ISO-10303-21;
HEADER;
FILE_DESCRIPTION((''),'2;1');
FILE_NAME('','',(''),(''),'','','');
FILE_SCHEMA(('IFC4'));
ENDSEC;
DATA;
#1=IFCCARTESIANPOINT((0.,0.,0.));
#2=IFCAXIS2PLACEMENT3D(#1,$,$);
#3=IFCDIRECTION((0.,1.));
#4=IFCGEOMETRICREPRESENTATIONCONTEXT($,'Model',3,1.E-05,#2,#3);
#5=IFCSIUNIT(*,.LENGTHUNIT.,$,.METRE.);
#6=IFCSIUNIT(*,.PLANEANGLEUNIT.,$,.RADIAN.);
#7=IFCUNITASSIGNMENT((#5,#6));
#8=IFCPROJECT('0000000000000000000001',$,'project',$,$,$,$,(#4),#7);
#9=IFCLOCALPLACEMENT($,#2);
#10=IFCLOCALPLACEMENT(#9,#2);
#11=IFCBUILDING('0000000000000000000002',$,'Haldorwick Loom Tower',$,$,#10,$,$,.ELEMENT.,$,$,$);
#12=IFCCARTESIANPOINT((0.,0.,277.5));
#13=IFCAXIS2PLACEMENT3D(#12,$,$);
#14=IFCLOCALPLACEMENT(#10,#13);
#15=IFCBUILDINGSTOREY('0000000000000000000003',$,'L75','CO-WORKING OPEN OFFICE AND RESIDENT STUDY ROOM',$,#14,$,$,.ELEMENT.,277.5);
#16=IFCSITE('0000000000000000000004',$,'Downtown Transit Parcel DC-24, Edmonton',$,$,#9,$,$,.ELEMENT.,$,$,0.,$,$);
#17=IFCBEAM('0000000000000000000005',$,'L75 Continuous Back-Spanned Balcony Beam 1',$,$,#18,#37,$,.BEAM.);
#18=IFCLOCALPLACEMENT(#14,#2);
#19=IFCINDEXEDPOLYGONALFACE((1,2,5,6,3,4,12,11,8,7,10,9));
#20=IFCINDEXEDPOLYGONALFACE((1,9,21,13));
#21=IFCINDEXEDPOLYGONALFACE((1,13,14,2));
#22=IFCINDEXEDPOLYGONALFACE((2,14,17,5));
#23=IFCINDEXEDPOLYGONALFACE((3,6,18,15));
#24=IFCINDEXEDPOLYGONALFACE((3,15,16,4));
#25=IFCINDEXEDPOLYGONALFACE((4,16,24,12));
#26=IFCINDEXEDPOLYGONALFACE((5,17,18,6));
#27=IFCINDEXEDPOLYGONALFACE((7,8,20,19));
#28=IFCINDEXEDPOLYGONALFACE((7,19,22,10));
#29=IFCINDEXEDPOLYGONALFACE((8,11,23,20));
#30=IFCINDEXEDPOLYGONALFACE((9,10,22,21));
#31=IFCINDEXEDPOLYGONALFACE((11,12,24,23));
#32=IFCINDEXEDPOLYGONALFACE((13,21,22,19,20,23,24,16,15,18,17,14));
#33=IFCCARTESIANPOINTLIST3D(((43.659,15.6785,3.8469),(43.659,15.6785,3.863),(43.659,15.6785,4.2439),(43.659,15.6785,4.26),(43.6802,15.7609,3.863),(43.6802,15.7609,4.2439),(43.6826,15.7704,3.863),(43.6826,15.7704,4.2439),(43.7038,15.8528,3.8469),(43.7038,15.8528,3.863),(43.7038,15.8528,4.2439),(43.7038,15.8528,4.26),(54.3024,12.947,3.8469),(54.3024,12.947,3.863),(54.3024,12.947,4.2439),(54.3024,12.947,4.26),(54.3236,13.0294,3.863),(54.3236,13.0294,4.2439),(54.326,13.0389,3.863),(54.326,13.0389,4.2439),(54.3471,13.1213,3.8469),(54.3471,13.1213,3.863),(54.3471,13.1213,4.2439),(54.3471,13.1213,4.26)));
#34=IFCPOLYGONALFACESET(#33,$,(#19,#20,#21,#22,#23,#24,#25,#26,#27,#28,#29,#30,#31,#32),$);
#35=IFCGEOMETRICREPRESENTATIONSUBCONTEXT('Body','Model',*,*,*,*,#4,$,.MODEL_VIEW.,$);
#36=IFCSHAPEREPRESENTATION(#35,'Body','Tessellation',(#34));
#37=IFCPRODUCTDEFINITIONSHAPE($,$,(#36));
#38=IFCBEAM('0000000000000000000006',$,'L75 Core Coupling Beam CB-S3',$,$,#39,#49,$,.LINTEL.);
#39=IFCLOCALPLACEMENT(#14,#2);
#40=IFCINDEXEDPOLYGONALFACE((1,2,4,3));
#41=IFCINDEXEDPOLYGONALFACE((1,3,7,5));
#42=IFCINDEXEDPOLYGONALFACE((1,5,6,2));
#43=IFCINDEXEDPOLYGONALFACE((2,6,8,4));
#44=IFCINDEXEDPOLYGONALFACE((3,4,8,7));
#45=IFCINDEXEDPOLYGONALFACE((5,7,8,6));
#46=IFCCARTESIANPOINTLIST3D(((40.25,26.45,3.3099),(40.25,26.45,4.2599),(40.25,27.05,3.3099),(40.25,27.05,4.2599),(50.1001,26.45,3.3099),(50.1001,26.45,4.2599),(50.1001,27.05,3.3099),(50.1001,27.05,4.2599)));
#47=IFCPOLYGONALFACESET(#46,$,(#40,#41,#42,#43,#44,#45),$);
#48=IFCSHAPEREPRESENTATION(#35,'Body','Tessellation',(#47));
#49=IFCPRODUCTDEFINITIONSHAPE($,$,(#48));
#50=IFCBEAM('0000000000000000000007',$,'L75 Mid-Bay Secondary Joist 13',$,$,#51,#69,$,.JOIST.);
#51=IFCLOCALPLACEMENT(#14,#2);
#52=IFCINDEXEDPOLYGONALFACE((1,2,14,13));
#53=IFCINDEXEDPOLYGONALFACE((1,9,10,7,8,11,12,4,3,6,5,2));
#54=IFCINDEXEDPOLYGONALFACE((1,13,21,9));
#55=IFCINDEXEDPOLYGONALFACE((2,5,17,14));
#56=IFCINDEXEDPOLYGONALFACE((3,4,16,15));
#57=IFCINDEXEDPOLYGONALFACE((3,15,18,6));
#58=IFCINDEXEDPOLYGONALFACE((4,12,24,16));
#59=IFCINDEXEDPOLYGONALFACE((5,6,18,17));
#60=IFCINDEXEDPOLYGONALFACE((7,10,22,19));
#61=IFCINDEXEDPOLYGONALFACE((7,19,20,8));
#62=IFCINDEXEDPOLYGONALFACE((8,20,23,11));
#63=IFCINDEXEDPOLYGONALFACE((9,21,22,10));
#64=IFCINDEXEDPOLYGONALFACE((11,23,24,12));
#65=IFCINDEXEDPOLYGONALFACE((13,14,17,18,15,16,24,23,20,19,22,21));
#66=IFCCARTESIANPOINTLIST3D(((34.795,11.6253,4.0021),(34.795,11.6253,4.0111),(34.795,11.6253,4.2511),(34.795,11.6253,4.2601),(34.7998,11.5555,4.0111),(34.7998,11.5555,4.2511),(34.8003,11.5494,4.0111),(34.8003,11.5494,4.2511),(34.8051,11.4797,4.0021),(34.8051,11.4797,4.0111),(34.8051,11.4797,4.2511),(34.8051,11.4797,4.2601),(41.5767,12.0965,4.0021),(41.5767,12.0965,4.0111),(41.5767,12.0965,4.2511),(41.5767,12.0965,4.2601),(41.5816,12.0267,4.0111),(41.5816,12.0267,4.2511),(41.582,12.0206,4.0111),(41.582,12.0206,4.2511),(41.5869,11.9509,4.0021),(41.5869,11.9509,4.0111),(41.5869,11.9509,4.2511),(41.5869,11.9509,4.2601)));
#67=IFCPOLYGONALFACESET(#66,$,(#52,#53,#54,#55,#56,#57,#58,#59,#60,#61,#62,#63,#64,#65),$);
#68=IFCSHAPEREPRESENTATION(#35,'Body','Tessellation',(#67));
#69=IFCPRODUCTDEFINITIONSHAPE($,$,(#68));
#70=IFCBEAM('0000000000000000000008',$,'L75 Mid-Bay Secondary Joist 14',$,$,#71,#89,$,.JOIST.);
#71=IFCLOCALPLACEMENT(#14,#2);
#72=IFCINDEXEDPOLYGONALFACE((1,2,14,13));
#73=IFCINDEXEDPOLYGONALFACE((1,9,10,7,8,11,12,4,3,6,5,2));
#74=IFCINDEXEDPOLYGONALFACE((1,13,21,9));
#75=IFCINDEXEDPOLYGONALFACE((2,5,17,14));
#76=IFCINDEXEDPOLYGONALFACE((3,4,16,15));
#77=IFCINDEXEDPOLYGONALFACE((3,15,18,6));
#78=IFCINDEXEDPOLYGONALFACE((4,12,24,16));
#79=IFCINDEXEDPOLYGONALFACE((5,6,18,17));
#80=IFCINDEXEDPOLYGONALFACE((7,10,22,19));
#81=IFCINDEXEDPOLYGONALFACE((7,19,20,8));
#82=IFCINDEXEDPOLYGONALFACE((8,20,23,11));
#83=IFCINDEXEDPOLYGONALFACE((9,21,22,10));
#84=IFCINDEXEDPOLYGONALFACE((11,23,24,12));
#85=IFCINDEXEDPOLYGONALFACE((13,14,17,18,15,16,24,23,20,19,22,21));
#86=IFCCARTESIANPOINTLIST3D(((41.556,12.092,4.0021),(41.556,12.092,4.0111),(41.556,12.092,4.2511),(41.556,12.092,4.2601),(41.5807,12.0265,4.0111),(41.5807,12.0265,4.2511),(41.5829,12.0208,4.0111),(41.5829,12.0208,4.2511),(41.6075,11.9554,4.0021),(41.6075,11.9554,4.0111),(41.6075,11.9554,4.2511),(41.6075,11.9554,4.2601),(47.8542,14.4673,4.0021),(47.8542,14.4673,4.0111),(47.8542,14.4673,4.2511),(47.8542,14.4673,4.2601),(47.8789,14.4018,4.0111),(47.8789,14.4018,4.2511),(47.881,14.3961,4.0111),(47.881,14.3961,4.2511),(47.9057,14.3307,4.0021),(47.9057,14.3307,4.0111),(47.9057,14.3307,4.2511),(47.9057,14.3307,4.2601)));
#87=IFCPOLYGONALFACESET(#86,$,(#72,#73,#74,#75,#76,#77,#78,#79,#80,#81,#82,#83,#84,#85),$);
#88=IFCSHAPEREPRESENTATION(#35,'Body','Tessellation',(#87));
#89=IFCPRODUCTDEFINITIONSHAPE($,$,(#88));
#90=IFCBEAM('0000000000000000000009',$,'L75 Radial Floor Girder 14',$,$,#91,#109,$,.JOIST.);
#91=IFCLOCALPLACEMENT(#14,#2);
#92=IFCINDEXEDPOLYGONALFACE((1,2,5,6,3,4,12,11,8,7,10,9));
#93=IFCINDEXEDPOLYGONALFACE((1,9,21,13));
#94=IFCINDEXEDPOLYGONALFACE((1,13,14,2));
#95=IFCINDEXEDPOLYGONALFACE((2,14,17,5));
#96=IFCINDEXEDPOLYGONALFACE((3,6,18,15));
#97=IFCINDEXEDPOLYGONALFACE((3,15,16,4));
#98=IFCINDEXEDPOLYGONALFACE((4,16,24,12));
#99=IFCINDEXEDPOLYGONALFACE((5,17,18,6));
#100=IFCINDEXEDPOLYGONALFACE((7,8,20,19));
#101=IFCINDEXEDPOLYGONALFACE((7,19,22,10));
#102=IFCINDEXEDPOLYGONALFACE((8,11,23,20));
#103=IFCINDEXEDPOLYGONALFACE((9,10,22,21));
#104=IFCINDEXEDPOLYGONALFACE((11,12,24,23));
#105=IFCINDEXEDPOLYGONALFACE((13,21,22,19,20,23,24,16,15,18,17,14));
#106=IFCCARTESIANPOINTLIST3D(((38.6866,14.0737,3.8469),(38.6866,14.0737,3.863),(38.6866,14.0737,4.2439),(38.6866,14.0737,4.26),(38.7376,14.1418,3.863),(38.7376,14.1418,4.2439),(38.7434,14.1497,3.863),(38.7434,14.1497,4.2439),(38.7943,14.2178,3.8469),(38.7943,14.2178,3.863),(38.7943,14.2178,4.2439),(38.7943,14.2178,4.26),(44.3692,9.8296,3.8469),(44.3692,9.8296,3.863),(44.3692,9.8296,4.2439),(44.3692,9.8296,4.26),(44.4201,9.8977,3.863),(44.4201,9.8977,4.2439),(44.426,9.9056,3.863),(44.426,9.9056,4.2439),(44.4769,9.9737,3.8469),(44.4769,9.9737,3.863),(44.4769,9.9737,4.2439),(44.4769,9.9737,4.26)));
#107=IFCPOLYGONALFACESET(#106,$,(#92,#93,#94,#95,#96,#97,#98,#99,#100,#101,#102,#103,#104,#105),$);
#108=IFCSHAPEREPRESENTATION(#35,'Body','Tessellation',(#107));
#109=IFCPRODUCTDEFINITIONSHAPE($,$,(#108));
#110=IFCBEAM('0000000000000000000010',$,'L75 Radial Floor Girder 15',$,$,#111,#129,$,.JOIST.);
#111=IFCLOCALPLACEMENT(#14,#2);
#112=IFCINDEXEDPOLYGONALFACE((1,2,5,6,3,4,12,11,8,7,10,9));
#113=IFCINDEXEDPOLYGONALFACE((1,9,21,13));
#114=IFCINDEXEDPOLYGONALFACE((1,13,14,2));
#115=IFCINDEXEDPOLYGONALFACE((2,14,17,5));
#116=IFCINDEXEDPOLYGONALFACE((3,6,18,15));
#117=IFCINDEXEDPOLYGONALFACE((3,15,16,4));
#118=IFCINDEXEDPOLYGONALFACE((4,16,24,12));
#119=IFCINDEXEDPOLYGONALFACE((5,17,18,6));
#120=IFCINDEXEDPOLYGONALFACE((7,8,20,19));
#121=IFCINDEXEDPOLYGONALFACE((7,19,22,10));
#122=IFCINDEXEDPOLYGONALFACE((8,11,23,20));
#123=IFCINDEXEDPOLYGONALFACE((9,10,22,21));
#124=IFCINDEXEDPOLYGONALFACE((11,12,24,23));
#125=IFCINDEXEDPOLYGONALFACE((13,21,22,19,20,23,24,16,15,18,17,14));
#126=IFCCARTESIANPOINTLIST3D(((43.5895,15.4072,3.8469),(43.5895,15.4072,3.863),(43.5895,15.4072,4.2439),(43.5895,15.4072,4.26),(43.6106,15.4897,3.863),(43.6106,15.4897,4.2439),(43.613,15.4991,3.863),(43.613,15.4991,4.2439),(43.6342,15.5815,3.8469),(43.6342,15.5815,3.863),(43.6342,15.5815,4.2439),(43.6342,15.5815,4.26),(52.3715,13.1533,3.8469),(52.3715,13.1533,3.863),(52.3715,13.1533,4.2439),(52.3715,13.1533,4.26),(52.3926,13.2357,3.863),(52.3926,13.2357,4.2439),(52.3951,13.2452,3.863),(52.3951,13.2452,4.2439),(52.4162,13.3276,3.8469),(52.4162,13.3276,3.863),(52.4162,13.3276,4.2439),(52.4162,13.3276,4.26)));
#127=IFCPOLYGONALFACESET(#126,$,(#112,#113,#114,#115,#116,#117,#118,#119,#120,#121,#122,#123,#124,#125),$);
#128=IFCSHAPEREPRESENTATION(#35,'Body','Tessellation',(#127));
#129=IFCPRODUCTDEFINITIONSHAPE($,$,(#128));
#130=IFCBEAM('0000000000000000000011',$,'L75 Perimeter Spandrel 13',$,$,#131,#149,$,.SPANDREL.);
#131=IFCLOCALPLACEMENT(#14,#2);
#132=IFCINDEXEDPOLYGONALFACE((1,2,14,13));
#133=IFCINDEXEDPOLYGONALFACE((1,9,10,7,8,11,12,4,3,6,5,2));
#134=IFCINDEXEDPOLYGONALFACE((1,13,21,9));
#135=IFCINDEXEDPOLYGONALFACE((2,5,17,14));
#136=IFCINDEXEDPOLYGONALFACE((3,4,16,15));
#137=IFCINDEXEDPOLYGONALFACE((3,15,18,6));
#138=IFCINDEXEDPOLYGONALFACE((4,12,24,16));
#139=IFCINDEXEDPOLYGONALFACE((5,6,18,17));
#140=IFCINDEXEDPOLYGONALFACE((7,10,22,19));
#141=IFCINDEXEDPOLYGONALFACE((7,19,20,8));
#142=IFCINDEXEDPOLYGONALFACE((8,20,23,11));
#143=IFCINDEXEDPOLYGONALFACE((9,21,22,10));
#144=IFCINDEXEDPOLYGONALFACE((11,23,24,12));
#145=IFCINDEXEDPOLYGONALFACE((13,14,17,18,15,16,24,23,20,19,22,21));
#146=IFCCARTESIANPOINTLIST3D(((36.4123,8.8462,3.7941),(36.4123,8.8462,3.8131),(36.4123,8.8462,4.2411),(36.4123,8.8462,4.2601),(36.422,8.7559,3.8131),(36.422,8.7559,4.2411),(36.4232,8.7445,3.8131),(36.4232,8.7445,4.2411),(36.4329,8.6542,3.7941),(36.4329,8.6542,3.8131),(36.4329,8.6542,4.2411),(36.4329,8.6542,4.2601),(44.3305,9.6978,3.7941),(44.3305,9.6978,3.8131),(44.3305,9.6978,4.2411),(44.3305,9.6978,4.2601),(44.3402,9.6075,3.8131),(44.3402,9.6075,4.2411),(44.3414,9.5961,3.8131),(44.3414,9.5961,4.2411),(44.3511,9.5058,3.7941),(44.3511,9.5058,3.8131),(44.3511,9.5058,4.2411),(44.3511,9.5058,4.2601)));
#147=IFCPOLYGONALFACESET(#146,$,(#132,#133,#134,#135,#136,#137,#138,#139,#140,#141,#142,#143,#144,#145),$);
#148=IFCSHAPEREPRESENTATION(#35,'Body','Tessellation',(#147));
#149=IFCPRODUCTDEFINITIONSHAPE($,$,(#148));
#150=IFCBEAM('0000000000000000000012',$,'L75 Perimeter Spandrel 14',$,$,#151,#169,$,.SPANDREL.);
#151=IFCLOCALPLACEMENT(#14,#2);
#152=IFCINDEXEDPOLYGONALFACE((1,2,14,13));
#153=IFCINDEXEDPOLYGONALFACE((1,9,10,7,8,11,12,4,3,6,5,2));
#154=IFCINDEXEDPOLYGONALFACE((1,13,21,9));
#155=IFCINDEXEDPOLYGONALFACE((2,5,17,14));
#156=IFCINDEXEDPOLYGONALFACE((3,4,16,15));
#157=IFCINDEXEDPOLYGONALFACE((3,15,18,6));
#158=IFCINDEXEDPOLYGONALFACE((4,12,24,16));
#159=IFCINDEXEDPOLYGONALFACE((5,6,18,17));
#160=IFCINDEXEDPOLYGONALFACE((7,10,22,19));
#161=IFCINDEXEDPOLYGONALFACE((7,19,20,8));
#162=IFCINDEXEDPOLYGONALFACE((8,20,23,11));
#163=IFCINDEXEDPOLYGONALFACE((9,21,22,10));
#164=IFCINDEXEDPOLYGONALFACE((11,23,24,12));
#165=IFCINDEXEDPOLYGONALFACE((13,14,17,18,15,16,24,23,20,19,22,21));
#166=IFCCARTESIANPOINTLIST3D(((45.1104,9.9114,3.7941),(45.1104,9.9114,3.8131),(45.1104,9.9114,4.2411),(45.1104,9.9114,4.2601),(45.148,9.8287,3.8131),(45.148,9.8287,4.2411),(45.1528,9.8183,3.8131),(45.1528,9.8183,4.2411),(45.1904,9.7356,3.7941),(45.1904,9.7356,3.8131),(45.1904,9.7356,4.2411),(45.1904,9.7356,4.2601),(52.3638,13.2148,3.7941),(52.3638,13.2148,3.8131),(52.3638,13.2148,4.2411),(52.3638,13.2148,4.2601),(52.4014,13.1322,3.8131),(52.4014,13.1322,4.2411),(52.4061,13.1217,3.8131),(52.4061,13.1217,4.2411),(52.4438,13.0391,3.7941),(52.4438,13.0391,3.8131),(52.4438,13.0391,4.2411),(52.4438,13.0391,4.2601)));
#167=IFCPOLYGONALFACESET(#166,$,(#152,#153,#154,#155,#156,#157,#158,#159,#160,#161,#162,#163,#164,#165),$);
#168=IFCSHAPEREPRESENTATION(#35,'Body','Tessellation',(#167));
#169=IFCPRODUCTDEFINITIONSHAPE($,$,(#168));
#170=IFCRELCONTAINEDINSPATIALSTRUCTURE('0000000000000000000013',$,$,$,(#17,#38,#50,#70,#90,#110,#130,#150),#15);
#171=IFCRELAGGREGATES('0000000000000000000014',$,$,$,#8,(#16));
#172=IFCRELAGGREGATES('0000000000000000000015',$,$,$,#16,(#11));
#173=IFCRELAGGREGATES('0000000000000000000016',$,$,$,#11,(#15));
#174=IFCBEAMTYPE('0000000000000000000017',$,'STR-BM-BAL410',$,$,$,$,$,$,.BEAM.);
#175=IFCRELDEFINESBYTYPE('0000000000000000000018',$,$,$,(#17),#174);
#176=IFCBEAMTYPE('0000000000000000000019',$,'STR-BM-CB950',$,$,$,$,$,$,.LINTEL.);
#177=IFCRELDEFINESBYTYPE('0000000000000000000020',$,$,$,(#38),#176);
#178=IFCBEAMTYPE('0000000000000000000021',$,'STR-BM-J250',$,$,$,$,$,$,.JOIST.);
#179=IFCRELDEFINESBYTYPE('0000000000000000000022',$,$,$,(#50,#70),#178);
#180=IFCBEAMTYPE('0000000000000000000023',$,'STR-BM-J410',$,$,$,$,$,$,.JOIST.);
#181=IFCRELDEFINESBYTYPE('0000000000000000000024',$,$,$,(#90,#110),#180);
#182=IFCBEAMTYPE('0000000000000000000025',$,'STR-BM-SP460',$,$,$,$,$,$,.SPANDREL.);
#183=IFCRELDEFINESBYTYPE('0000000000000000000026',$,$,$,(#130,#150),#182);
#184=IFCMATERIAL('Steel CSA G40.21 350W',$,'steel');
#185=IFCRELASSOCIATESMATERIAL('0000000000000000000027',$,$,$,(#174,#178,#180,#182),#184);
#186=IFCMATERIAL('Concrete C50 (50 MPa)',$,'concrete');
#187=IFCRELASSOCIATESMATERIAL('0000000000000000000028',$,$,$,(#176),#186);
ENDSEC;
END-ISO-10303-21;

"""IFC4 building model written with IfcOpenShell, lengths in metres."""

from ifc_helpers import new_model, si_unit, direction, frame, origin, origin_2d, place, context, subcontext, project, spatial, rectangle, i_section, extrude, material, material_profile, profile_set, type_object, element, save


model = new_model("IFC4")

# Units and contexts
model_context = context("Model", 3, precision=1e-05, world=origin(), true_north=direction((0.0, 1.0)))
body_context = subcontext(model_context, "Body", "Model", "MODEL_VIEW")
ifc_project = project(units=[si_unit("LENGTHUNIT", "METRE"), si_unit("PLANEANGLEUNIT", "RADIAN")], contexts=[model_context])

# Site, building, storey
site_placement = place(None, origin())
site = spatial("IfcSite", under=ifc_project, at=site_placement, Name="Downtown Transit Parcel DC-24, Edmonton", CompositionType="ELEMENT", RefElevation=0.0)
building_placement = place(site_placement, origin())
building = spatial("IfcBuilding", under=site, at=building_placement, Name="Haldorwick Loom Tower", CompositionType="ELEMENT")
storey_placement = place(building_placement, frame((0.0, 0.0, 277.5)))
storey = spatial("IfcBuildingStorey", under=building, at=storey_placement, Name="L75", Description="CO-WORKING OPEN OFFICE AND RESIDENT STUDY ROOM", CompositionType="ELEMENT", Elevation=277.5)

# Shared definitions
ifc_material_1 = material(Name="Concrete C50 (50 MPa)", Category="concrete")
ifc_material_2 = material(Name="Steel CSA G40.21 350W", Category="steel")

# Beams
ifc_material_profile_1 = material_profile(ifc_material_2, i_section(OverallWidth=0.1799, OverallDepth=0.4131, WebThickness=0.0098, FlangeThickness=0.0161, at=origin_2d()), Name="W410X74", Category="steel")
ifc_profile_set_1 = profile_set([ifc_material_profile_1], Name="Steel CSA G40.21 350W")
beam_type_1 = type_object("IfcBeamType", Name="STR-BM-BAL410", PredefinedType="BEAM", material=ifc_profile_set_1)
beam_1_placement = place(storey_placement, frame((43.6814, 15.7656, 4.0535), z_axis=(0.968611, -0.24858, 0.0), x_axis=(0.24858, 0.968611, 0.0)))
element("IfcBeam", 1, at=beam_1_placement, inside=storey, type_object=beam_type_1, Name="L75 Continuous Back-Spanned Balcony Beam 1", PredefinedType="BEAM", context=body_context, shape_type="SweptSolid", body=[
    extrude(i_section(OverallWidth=0.1799, OverallDepth=0.4131, WebThickness=0.0098, FlangeThickness=0.0161, at=origin_2d()), origin(), (0.0, 0.0, 1.0), 10.9883),
])
ifc_material_profile_2 = material_profile(ifc_material_1, rectangle(XDim=0.6001, YDim=0.95, at=origin_2d()), Name="RC600X950", Category="concrete")
ifc_profile_set_2 = profile_set([ifc_material_profile_2], Name="Concrete C50 (50 MPa)")
beam_type_2 = type_object("IfcBeamType", Name="STR-BM-CB950", PredefinedType="LINTEL", material=ifc_profile_set_2)
beam_2_placement = place(storey_placement, frame((40.25, 26.75, 3.7849), z_axis=(1.0, 0.0, 0.0), x_axis=(0.0, 1.0, 0.0)))
element("IfcBeam", 2, at=beam_2_placement, inside=storey, type_object=beam_type_2, Name="L75 Core Coupling Beam CB-S3", PredefinedType="LINTEL", context=body_context, shape_type="SweptSolid", body=[
    extrude(rectangle(XDim=0.6001, YDim=0.95, at=origin_2d()), origin(), (0.0, 0.0, 1.0), 9.8501),
])
ifc_material_profile_3 = material_profile(ifc_material_2, i_section(OverallWidth=0.146, OverallDepth=0.2581, WebThickness=0.0061, FlangeThickness=0.009, at=origin_2d()), Name="W250X33", Category="steel")
ifc_profile_set_3 = profile_set([ifc_material_profile_3], Name="Steel CSA G40.21 350W")
beam_type_3 = type_object("IfcBeamType", Name="STR-BM-J250", PredefinedType="JOIST", material=ifc_profile_set_3)
beam_3_placement = place(storey_placement, frame((34.8, 11.5525, 4.1311), z_axis=(0.997595, 0.069312, 0.0), x_axis=(-0.069312, 0.997595, 0.0)))
element("IfcBeam", 3, at=beam_3_placement, inside=storey, type_object=beam_type_3, Name="L75 Mid-Bay Secondary Joist 13", PredefinedType="JOIST", context=body_context, shape_type="SweptSolid", body=[
    extrude(i_section(OverallWidth=0.146, OverallDepth=0.2581, WebThickness=0.0061, FlangeThickness=0.009, at=origin_2d()), origin(), (0.0, 0.0, 1.0), 6.7981),
])
beam_4_placement = place(storey_placement, frame((41.5818, 12.0237, 4.1311), z_axis=(0.93567, 0.352876, 0.0), x_axis=(-0.352876, 0.93567, 0.0)))
element("IfcBeam", 4, at=beam_4_placement, inside=storey, type_object=beam_type_3, Name="L75 Mid-Bay Secondary Joist 14", PredefinedType="JOIST", context=body_context, shape_type="SweptSolid", body=[
    extrude(i_section(OverallWidth=0.146, OverallDepth=0.2581, WebThickness=0.0061, FlangeThickness=0.009, at=origin_2d()), origin(), (0.0, 0.0, 1.0), 6.7312),
])
ifc_material_profile_4 = material_profile(ifc_material_2, i_section(OverallWidth=0.1799, OverallDepth=0.4131, WebThickness=0.0098, FlangeThickness=0.0161, at=origin_2d()), Name="W410X74", Category="steel")
ifc_profile_set_4 = profile_set([ifc_material_profile_4], Name="Steel CSA G40.21 350W")
beam_type_4 = type_object("IfcBeamType", Name="STR-BM-J410", PredefinedType="JOIST", material=ifc_profile_set_4)
beam_5_placement = place(storey_placement, frame((38.7405, 14.1458, 4.0535), z_axis=(0.801205, -0.598391, 0.0), x_axis=(0.598391, 0.801205, 0.0)))
element("IfcBeam", 5, at=beam_5_placement, inside=storey, type_object=beam_type_4, Name="L75 Radial Floor Girder 14", PredefinedType="JOIST", context=body_context, shape_type="SweptSolid", body=[
    extrude(i_section(OverallWidth=0.1799, OverallDepth=0.4131, WebThickness=0.0098, FlangeThickness=0.0161, at=origin_2d()), origin(), (0.0, 0.0, 1.0), 7.0925),
])
beam_6_placement = place(storey_placement, frame((43.6118, 15.4944, 4.0535), z_axis=(0.968608, -0.248594, 0.0), x_axis=(0.248594, 0.968608, 0.0)))
element("IfcBeam", 6, at=beam_6_placement, inside=storey, type_object=beam_type_4, Name="L75 Radial Floor Girder 15", PredefinedType="JOIST", context=body_context, shape_type="SweptSolid", body=[
    extrude(i_section(OverallWidth=0.1799, OverallDepth=0.4131, WebThickness=0.0098, FlangeThickness=0.0161, at=origin_2d()), origin(), (0.0, 0.0, 1.0), 9.0667),
])
ifc_material_profile_5 = material_profile(ifc_material_2, i_section(OverallWidth=0.1931, OverallDepth=0.4661, WebThickness=0.0115, FlangeThickness=0.019, at=origin_2d()), Name="W460X97", Category="steel")
ifc_profile_set_5 = profile_set([ifc_material_profile_5], Name="Steel CSA G40.21 350W")
beam_type_5 = type_object("IfcBeamType", Name="STR-BM-SP460", PredefinedType="SPANDREL", material=ifc_profile_set_5)
beam_7_placement = place(storey_placement, frame((36.4226, 8.7502, 4.0271), z_axis=(0.994267, 0.106928, 0.0), x_axis=(-0.106928, 0.994267, 0.0)))
element("IfcBeam", 7, at=beam_7_placement, inside=storey, type_object=beam_type_5, Name="L75 Perimeter Spandrel 13", PredefinedType="SPANDREL", context=body_context, shape_type="SweptSolid", body=[
    extrude(i_section(OverallWidth=0.1931, OverallDepth=0.4661, WebThickness=0.0115, FlangeThickness=0.019, at=origin_2d()), origin(), (0.0, 0.0, 1.0), 7.9639),
])
beam_8_placement = place(storey_placement, frame((45.1504, 9.8235, 4.0271), z_axis=(0.910061, 0.414474, 0.0), x_axis=(-0.414474, 0.910061, 0.0)))
element("IfcBeam", 8, at=beam_8_placement, inside=storey, type_object=beam_type_5, Name="L75 Perimeter Spandrel 14", PredefinedType="SPANDREL", context=body_context, shape_type="SweptSolid", body=[
    extrude(i_section(OverallWidth=0.1931, OverallDepth=0.4661, WebThickness=0.0115, FlangeThickness=0.019, at=origin_2d()), origin(), (0.0, 0.0, 1.0), 7.9702),
])

save(model, "model.ifc")
